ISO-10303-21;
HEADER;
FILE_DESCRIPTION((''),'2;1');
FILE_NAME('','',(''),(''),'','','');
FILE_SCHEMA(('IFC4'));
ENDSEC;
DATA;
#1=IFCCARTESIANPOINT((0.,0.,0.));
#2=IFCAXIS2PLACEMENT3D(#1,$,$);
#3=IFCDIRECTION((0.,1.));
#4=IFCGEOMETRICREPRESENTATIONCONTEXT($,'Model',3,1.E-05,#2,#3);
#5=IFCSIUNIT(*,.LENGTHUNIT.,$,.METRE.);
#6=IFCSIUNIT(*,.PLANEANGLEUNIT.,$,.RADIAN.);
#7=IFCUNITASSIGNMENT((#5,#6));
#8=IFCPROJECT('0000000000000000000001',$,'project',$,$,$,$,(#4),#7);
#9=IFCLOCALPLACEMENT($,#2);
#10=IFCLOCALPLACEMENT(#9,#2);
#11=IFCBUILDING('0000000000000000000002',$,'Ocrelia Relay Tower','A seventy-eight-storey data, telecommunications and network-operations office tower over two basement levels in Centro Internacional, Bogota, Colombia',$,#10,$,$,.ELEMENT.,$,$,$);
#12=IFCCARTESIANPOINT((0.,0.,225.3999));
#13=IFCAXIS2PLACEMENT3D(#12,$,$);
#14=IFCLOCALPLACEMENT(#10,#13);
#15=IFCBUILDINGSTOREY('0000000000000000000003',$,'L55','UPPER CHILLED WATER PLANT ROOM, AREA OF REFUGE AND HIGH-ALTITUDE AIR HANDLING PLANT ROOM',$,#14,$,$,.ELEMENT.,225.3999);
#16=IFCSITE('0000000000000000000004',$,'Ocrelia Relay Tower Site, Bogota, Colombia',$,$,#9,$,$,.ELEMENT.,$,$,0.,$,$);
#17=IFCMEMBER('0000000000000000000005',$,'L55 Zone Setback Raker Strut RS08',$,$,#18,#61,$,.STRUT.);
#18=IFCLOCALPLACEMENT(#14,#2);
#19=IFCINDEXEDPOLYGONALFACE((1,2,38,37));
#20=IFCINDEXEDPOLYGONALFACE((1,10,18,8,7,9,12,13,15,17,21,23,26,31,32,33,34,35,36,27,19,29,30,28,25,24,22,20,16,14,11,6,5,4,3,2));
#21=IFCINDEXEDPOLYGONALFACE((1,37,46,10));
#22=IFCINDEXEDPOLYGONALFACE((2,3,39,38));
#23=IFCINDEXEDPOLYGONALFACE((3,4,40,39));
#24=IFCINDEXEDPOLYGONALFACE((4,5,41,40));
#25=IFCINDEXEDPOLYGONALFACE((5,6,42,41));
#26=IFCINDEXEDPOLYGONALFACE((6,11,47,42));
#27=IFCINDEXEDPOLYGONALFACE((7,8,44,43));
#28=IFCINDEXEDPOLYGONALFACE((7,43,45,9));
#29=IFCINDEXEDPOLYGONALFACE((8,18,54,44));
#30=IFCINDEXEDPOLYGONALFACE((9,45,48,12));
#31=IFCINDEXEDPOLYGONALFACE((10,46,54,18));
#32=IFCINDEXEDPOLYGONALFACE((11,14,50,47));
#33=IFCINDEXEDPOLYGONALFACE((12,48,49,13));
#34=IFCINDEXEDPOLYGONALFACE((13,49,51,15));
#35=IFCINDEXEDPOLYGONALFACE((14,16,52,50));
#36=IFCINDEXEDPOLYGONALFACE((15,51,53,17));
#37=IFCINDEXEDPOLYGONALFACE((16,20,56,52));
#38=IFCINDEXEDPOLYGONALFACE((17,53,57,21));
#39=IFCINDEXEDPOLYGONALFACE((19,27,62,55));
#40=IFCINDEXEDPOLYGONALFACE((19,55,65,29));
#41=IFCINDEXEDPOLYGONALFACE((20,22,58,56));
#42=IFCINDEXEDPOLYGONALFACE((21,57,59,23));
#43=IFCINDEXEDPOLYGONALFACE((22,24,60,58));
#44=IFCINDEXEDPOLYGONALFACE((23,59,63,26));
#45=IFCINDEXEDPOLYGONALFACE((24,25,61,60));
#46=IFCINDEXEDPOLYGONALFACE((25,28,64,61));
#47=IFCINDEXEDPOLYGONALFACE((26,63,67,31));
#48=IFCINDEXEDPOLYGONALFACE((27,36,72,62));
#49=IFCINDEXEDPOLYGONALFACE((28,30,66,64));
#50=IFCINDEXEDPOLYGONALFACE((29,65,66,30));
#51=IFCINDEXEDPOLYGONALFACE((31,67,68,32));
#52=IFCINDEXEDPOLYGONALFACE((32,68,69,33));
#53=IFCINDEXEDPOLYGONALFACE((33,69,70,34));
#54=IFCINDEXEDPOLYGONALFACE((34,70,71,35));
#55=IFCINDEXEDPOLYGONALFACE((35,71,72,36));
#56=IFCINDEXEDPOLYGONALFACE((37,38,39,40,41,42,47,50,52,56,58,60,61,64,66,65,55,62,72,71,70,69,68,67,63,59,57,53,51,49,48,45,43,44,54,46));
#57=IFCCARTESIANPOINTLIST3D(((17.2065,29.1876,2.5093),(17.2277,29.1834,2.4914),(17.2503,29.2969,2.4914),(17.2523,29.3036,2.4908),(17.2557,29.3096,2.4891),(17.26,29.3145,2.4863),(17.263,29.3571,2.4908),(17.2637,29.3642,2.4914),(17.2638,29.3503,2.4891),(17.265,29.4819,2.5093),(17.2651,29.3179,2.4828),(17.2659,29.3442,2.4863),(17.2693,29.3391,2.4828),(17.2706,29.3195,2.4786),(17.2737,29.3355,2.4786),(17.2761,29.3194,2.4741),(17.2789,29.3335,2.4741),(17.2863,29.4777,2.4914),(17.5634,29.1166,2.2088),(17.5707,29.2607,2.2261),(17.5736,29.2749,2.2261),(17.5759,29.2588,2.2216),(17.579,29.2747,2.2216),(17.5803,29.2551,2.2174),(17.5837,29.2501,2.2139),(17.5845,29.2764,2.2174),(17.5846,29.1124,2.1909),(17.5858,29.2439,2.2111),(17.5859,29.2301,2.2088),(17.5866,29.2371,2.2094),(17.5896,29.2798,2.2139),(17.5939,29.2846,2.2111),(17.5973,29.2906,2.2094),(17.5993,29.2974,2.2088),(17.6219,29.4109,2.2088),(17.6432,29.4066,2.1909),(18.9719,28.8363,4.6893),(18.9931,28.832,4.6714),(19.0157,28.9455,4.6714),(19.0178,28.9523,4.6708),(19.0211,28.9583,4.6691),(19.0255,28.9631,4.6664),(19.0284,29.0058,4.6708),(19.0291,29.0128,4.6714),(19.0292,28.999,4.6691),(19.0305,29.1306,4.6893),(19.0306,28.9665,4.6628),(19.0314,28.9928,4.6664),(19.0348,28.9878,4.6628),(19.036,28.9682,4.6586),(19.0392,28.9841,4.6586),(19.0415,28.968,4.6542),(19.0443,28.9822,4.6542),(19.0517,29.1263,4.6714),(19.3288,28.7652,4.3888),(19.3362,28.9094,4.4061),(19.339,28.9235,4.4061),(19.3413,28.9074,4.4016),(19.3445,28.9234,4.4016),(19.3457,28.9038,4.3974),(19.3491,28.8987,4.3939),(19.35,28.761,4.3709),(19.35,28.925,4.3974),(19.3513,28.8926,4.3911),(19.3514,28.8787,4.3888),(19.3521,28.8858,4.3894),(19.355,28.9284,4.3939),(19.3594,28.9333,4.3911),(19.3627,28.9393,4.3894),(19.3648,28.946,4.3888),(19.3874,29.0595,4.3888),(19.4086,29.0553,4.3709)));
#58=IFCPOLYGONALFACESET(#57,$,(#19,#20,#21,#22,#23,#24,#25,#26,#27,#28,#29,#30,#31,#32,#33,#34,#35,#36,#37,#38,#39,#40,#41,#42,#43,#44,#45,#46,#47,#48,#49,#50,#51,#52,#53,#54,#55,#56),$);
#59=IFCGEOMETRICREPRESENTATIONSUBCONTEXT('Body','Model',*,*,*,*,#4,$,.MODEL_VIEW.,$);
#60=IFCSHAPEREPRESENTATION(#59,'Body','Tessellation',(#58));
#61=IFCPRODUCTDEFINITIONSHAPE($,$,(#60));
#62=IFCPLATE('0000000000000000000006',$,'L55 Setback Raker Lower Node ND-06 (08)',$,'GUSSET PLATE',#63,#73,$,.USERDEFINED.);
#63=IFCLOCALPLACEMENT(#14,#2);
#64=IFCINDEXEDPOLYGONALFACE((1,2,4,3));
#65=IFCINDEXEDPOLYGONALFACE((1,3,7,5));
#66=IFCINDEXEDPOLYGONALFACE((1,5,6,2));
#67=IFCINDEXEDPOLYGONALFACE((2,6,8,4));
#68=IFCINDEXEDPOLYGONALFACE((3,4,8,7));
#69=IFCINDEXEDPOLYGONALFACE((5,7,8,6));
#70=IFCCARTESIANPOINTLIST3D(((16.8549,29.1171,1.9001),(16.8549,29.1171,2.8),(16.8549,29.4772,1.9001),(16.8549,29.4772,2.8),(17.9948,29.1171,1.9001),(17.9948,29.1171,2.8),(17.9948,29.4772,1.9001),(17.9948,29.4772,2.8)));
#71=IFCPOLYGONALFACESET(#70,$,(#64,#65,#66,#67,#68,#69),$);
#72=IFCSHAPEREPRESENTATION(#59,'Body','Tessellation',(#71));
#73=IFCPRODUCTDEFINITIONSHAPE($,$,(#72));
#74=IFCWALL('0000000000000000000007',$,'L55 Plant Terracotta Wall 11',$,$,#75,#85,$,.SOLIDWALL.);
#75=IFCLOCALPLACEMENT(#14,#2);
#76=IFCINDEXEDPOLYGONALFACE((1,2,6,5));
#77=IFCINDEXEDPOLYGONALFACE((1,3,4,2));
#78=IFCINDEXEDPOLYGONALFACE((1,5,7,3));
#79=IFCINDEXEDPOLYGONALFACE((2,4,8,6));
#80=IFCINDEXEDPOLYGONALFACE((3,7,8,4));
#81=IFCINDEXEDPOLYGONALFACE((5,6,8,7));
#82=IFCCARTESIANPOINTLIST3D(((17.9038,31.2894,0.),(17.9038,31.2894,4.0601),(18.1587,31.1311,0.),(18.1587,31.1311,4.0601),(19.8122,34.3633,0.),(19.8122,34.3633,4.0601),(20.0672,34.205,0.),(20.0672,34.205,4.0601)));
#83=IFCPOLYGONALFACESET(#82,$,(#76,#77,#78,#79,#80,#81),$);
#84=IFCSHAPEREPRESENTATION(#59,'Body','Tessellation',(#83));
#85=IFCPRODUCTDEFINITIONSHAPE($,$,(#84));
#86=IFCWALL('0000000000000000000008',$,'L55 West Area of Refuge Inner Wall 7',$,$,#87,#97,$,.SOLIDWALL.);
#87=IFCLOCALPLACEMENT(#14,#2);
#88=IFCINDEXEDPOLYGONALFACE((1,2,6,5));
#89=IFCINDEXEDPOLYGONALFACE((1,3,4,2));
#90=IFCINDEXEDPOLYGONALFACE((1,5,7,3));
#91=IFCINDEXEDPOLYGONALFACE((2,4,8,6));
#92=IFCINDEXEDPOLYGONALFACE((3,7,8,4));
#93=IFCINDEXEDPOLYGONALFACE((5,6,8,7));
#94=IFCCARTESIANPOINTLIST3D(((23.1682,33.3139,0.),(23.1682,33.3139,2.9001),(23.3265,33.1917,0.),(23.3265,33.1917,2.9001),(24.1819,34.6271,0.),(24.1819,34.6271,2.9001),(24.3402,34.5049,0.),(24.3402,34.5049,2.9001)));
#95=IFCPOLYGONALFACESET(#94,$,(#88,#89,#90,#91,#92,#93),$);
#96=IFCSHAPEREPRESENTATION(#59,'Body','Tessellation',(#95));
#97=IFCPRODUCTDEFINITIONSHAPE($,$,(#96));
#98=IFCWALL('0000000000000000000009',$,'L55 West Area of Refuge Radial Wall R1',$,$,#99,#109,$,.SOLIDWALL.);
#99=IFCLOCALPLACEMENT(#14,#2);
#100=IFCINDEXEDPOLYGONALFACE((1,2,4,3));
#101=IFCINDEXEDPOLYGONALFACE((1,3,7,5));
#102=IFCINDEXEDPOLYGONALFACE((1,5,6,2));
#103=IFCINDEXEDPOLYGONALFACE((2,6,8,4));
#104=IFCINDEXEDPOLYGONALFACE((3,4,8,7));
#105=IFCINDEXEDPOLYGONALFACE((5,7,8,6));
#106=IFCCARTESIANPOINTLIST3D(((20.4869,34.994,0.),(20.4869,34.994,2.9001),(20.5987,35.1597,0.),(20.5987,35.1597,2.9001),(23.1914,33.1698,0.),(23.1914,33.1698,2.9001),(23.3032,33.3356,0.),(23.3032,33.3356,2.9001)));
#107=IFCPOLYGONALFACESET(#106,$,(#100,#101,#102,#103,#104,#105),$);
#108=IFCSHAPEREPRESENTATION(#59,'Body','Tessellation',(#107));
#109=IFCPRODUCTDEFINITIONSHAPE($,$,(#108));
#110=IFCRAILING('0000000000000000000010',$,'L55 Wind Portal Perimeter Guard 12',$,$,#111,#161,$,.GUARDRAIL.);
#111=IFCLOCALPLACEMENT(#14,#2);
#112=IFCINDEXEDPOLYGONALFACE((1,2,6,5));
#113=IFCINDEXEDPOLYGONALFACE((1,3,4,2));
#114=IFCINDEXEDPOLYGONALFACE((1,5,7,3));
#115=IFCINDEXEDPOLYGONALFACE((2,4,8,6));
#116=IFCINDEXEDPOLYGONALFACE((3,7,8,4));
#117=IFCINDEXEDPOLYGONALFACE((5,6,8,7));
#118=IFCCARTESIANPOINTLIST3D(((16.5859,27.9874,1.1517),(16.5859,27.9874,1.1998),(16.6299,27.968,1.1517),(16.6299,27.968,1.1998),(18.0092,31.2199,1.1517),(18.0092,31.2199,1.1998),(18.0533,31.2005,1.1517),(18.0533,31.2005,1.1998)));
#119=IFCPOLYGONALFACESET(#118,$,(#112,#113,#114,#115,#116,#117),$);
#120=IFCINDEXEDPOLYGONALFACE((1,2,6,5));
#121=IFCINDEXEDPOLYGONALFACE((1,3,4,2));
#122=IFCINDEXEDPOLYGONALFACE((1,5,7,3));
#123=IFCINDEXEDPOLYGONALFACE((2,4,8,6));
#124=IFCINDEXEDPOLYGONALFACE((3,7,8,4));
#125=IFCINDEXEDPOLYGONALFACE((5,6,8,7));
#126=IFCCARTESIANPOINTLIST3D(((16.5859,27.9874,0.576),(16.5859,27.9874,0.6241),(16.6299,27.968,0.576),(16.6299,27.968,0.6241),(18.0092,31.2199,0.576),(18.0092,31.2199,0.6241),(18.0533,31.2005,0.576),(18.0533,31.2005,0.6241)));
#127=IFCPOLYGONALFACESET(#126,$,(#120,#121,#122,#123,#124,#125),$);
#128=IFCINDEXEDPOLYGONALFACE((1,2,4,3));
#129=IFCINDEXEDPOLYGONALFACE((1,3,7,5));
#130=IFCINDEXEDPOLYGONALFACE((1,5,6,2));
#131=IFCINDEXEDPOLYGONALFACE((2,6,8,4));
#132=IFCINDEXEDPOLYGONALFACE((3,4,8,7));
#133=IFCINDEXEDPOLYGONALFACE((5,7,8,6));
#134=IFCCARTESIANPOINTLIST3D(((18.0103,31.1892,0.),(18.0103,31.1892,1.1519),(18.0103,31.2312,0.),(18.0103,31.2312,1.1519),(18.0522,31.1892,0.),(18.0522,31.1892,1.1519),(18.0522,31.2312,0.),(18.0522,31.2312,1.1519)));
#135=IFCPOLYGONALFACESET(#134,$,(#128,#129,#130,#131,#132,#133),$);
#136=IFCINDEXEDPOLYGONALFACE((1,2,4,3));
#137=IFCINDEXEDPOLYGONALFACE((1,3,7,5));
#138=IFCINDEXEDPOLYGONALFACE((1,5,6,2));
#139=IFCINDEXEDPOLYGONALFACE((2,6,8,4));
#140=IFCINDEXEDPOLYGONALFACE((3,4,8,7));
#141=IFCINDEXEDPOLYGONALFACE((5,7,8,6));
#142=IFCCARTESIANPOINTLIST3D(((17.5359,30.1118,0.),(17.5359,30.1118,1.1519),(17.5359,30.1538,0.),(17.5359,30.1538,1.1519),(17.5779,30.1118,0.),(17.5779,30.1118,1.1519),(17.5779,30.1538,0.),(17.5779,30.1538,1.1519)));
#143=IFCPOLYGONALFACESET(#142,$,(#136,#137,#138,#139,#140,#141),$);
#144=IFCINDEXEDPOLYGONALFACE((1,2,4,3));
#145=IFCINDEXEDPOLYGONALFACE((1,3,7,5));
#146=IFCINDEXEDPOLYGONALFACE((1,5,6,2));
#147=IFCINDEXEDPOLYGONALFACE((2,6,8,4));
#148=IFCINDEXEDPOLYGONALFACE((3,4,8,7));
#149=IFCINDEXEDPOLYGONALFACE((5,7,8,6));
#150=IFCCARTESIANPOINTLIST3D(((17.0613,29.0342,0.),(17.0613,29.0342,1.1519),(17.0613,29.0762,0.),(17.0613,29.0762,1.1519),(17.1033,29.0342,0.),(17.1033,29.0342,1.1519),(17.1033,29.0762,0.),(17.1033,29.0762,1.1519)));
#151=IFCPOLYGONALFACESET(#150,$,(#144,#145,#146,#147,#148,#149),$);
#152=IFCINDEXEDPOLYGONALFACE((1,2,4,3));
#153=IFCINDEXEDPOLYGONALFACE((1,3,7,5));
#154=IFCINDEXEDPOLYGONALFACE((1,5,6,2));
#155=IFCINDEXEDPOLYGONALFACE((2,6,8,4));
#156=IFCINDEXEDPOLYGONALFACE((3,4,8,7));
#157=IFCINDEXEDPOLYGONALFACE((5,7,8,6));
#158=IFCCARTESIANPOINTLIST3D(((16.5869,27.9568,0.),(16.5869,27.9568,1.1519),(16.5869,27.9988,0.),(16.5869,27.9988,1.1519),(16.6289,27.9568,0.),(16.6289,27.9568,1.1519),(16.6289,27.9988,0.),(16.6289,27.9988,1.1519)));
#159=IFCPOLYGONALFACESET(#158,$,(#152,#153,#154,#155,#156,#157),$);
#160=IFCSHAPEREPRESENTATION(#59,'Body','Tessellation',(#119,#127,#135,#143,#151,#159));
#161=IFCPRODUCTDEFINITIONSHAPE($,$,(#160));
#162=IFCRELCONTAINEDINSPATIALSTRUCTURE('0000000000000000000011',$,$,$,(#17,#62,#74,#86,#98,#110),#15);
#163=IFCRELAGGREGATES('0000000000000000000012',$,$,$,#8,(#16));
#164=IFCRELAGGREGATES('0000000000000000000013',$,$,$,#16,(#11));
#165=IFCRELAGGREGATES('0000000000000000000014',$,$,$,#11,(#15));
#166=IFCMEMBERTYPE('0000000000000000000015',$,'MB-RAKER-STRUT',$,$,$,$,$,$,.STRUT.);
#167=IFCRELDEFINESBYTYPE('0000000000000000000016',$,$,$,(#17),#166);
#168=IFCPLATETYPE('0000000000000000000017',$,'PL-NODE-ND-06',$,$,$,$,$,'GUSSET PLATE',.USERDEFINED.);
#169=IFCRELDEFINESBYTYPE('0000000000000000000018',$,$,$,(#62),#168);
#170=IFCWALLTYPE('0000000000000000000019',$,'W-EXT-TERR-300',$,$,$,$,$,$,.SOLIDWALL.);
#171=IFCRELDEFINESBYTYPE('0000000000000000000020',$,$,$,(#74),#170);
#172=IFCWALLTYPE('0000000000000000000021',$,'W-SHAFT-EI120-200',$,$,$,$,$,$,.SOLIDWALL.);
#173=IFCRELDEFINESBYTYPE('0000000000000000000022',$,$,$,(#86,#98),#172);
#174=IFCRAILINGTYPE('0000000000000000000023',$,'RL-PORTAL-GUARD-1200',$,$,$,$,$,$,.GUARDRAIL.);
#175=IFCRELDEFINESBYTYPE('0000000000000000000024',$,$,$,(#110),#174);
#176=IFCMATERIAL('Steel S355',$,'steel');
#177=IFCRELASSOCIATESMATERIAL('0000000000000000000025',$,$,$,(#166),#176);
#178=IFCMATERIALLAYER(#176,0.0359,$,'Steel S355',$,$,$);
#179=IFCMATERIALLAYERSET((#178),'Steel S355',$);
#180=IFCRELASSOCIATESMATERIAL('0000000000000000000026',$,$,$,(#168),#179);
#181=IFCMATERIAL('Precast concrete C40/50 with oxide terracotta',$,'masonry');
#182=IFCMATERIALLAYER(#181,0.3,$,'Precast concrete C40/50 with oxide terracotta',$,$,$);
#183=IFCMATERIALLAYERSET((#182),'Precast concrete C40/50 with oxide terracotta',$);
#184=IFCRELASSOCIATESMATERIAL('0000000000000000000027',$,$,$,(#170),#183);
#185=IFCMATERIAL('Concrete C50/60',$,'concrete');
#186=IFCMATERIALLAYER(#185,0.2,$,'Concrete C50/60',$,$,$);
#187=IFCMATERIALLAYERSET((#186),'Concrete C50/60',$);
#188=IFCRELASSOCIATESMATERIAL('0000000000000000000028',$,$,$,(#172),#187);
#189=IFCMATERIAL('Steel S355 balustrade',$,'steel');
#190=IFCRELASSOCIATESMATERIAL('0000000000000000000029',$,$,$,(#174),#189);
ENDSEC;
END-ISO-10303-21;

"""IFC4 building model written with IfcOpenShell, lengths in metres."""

from ifc_helpers import new_model, si_unit, direction, frame, frame_2d, origin, origin_2d, place, context, subcontext, project, spatial, rectangle, i_section, extrude, material, layer, layer_set, material_profile, profile_set, type_object, element, save


model = new_model("IFC4")

# Units and contexts
model_context = context("Model", 3, precision=1e-05, world=origin(), true_north=direction((0.0, 1.0)))
body_context = subcontext(model_context, "Body", "Model", "MODEL_VIEW")
ifc_project = project(units=[si_unit("LENGTHUNIT", "METRE"), si_unit("PLANEANGLEUNIT", "RADIAN")], contexts=[model_context])

# Site, building, storey
site_placement = place(None, origin())
site = spatial("IfcSite", under=ifc_project, at=site_placement, Name="Ocrelia Relay Tower Site, Bogota, Colombia", CompositionType="ELEMENT", RefElevation=0.0)
building_placement = place(site_placement, origin())
building = spatial("IfcBuilding", under=site, at=building_placement, Name="Ocrelia Relay Tower", Description="A seventy-eight-storey data, telecommunications and network-operations office tower over two basement levels in Centro Internacional, Bogota, Colombia", CompositionType="ELEMENT")
storey_placement = place(building_placement, frame((0.0, 0.0, 225.3999)))
storey = spatial("IfcBuildingStorey", under=building, at=storey_placement, Name="L55", Description="UPPER CHILLED WATER PLANT ROOM, AREA OF REFUGE AND HIGH-ALTITUDE AIR HANDLING PLANT ROOM", CompositionType="ELEMENT", Elevation=225.3999)

# Shared definitions
ifc_material_1 = material(Name="Steel S355", Category="steel")

# Member
ifc_material_profile_1 = material_profile(ifc_material_1, i_section(OverallWidth=0.3, OverallDepth=0.5, WebThickness=0.0144, FlangeThickness=0.0281, FilletRadius=0.0271, at=origin_2d()), Name="HEB 500")
ifc_profile_set_1 = profile_set([ifc_material_profile_1], Name="Steel S355")
member_type = type_object("IfcMemberType", Name="MB-RAKER-STRUT", PredefinedType="STRUT", material=ifc_profile_set_1)
member_placement = place(storey_placement, frame((17.4248, 29.2971, 2.3501), z_axis=(0.624465, -0.124271, 0.771103), x_axis=(0.195177, 0.980768, 0.0)))
element("IfcMember", 1, at=member_placement, inside=storey, type_object=member_type, Name="L55 Zone Setback Raker Strut RS08", PredefinedType="STRUT", context=body_context, shape_type="SweptSolid", body=[
    extrude(i_section(OverallWidth=0.3, OverallDepth=0.5, WebThickness=0.0144, FlangeThickness=0.0281, FilletRadius=0.0271, at=origin_2d()), origin(), (0.0, 0.0, 1.0), 2.8271),
])

# Plate
ifc_layer_1 = layer(ifc_material_1, 0.0359, Name="Steel S355")
ifc_layer_set_1 = layer_set([ifc_layer_1], Name="Steel S355")
plate_type = type_object("IfcPlateType", Name="PL-NODE-ND-06", ElementType="GUSSET PLATE", PredefinedType="USERDEFINED", material=ifc_layer_set_1)
plate_placement = place(storey_placement, frame((17.4248, 29.2971, 1.9001), z_axis=(0.0, 0.0, 1.0), x_axis=(1.0, 0.0, 0.0)))
element("IfcPlate", 2, at=plate_placement, inside=storey, type_object=plate_type, Name="L55 Setback Raker Lower Node ND-06 (08)", ObjectType="GUSSET PLATE", PredefinedType="USERDEFINED", context=body_context, shape_type="SweptSolid", body=[
    extrude(rectangle(XDim=1.1399, YDim=0.3601, at=origin_2d()), origin(), (0.0, 0.0, 1.0), 0.8999),
])

# Walls
ifc_material_2 = material(Name="Precast concrete C40/50 with oxide terracotta", Category="masonry")
ifc_layer_2 = layer(ifc_material_2, 0.3, Name="Precast concrete C40/50 with oxide terracotta")
ifc_layer_set_2 = layer_set([ifc_layer_2], Name="Precast concrete C40/50 with oxide terracotta")
wall_type_1 = type_object("IfcWallType", Name="W-EXT-TERR-300", PredefinedType="SOLIDWALL", material=ifc_layer_set_2)
wall_1_placement = place(storey_placement, frame((19.9397, 34.2842, 0.0), z_axis=(0.0, 0.0, 1.0), x_axis=(-0.527455, -0.849583, 0.0)))
element("IfcWall", 3, at=wall_1_placement, inside=storey, type_object=wall_type_1, Name="L55 Plant Terracotta Wall 11", PredefinedType="SOLIDWALL", context=body_context, shape_type="SweptSolid", body=[
    extrude(rectangle(XDim=3.6182, YDim=0.3, at=frame_2d((1.8091, 0.0))), origin(), (0.0, 0.0, 1.0), 4.0601),
])
ifc_material_3 = material(Name="Concrete C50/60", Category="concrete")
ifc_layer_3 = layer(ifc_material_3, 0.2, Name="Concrete C50/60")
ifc_layer_set_3 = layer_set([ifc_layer_3], Name="Concrete C50/60")
wall_type_2 = type_object("IfcWallType", Name="W-SHAFT-EI120-200", PredefinedType="SOLIDWALL", material=ifc_layer_set_3)
wall_2_placement = place(storey_placement, frame((23.2473, 33.2527, 0.0), z_axis=(0.0, 0.0, 1.0), x_axis=(0.611033, 0.791605, 0.0)))
element("IfcWall", 4, at=wall_2_placement, inside=storey, type_object=wall_type_2, Name="L55 West Area of Refuge Inner Wall 7", PredefinedType="SOLIDWALL", context=body_context, shape_type="SweptSolid", body=[
    extrude(rectangle(XDim=1.6589, YDim=0.2, at=frame_2d((0.8296, 0.0))), origin(), (0.0, 0.0, 1.0), 2.9001),
])
wall_3_placement = place(storey_placement, frame((23.2473, 33.2527, 0.0), z_axis=(0.0, 0.0, 1.0), x_axis=(-0.829045, 0.559182, 0.0)))
element("IfcWall", 5, at=wall_3_placement, inside=storey, type_object=wall_type_2, Name="L55 West Area of Refuge Radial Wall R1", PredefinedType="SOLIDWALL", context=body_context, shape_type="SweptSolid", body=[
    extrude(rectangle(XDim=3.2622, YDim=0.2, at=frame_2d((1.6311, 0.0))), origin(), (0.0, 0.0, 1.0), 2.9001),
])

# Railing
ifc_material_4 = material(Name="Steel S355 balustrade", Category="steel")
railing_type = type_object("IfcRailingType", Name="RL-PORTAL-GUARD-1200", PredefinedType="GUARDRAIL", material=ifc_material_4)
railing_1_placement = place(storey_placement, frame((18.0312, 31.2102, 0.0)))
element("IfcRailing", 6, at=railing_1_placement, inside=storey, type_object=railing_type, Name="L55 Wind Portal Perimeter Guard 12", PredefinedType="GUARDRAIL", context=body_context, shape_type="SweptSolid", body=[
    extrude(rectangle(XDim=0.0481, YDim=0.0481, at=origin_2d()), frame((0.0, 0.0, 1.1758), z_axis=(-0.402993, -0.915203, 0.0), x_axis=(0.915203, -0.402993, 0.0)), (0.0, 0.0, 1.0), 3.532),
    extrude(rectangle(XDim=0.0481, YDim=0.0481, at=origin_2d()), frame((0.0, 0.0, 0.6001), z_axis=(-0.402993, -0.915203, 0.0), x_axis=(0.915203, -0.402993, 0.0)), (0.0, 0.0, 1.0), 3.532),
    extrude(rectangle(XDim=0.042, YDim=0.042, at=origin_2d()), origin(), (0.0, 0.0, 1.0), 1.1519),
    extrude(rectangle(XDim=0.042, YDim=0.042, at=origin_2d()), frame((-0.4744, -1.0774, 0.0)), (0.0, 0.0, 1.0), 1.1519),
    extrude(rectangle(XDim=0.042, YDim=0.042, at=origin_2d()), frame((-0.949, -2.155, 0.0)), (0.0, 0.0, 1.0), 1.1519),
    extrude(rectangle(XDim=0.042, YDim=0.042, at=origin_2d()), frame((-1.4233, -3.2324, 0.0)), (0.0, 0.0, 1.0), 1.1519),
])

save(model, "model.ifc")
